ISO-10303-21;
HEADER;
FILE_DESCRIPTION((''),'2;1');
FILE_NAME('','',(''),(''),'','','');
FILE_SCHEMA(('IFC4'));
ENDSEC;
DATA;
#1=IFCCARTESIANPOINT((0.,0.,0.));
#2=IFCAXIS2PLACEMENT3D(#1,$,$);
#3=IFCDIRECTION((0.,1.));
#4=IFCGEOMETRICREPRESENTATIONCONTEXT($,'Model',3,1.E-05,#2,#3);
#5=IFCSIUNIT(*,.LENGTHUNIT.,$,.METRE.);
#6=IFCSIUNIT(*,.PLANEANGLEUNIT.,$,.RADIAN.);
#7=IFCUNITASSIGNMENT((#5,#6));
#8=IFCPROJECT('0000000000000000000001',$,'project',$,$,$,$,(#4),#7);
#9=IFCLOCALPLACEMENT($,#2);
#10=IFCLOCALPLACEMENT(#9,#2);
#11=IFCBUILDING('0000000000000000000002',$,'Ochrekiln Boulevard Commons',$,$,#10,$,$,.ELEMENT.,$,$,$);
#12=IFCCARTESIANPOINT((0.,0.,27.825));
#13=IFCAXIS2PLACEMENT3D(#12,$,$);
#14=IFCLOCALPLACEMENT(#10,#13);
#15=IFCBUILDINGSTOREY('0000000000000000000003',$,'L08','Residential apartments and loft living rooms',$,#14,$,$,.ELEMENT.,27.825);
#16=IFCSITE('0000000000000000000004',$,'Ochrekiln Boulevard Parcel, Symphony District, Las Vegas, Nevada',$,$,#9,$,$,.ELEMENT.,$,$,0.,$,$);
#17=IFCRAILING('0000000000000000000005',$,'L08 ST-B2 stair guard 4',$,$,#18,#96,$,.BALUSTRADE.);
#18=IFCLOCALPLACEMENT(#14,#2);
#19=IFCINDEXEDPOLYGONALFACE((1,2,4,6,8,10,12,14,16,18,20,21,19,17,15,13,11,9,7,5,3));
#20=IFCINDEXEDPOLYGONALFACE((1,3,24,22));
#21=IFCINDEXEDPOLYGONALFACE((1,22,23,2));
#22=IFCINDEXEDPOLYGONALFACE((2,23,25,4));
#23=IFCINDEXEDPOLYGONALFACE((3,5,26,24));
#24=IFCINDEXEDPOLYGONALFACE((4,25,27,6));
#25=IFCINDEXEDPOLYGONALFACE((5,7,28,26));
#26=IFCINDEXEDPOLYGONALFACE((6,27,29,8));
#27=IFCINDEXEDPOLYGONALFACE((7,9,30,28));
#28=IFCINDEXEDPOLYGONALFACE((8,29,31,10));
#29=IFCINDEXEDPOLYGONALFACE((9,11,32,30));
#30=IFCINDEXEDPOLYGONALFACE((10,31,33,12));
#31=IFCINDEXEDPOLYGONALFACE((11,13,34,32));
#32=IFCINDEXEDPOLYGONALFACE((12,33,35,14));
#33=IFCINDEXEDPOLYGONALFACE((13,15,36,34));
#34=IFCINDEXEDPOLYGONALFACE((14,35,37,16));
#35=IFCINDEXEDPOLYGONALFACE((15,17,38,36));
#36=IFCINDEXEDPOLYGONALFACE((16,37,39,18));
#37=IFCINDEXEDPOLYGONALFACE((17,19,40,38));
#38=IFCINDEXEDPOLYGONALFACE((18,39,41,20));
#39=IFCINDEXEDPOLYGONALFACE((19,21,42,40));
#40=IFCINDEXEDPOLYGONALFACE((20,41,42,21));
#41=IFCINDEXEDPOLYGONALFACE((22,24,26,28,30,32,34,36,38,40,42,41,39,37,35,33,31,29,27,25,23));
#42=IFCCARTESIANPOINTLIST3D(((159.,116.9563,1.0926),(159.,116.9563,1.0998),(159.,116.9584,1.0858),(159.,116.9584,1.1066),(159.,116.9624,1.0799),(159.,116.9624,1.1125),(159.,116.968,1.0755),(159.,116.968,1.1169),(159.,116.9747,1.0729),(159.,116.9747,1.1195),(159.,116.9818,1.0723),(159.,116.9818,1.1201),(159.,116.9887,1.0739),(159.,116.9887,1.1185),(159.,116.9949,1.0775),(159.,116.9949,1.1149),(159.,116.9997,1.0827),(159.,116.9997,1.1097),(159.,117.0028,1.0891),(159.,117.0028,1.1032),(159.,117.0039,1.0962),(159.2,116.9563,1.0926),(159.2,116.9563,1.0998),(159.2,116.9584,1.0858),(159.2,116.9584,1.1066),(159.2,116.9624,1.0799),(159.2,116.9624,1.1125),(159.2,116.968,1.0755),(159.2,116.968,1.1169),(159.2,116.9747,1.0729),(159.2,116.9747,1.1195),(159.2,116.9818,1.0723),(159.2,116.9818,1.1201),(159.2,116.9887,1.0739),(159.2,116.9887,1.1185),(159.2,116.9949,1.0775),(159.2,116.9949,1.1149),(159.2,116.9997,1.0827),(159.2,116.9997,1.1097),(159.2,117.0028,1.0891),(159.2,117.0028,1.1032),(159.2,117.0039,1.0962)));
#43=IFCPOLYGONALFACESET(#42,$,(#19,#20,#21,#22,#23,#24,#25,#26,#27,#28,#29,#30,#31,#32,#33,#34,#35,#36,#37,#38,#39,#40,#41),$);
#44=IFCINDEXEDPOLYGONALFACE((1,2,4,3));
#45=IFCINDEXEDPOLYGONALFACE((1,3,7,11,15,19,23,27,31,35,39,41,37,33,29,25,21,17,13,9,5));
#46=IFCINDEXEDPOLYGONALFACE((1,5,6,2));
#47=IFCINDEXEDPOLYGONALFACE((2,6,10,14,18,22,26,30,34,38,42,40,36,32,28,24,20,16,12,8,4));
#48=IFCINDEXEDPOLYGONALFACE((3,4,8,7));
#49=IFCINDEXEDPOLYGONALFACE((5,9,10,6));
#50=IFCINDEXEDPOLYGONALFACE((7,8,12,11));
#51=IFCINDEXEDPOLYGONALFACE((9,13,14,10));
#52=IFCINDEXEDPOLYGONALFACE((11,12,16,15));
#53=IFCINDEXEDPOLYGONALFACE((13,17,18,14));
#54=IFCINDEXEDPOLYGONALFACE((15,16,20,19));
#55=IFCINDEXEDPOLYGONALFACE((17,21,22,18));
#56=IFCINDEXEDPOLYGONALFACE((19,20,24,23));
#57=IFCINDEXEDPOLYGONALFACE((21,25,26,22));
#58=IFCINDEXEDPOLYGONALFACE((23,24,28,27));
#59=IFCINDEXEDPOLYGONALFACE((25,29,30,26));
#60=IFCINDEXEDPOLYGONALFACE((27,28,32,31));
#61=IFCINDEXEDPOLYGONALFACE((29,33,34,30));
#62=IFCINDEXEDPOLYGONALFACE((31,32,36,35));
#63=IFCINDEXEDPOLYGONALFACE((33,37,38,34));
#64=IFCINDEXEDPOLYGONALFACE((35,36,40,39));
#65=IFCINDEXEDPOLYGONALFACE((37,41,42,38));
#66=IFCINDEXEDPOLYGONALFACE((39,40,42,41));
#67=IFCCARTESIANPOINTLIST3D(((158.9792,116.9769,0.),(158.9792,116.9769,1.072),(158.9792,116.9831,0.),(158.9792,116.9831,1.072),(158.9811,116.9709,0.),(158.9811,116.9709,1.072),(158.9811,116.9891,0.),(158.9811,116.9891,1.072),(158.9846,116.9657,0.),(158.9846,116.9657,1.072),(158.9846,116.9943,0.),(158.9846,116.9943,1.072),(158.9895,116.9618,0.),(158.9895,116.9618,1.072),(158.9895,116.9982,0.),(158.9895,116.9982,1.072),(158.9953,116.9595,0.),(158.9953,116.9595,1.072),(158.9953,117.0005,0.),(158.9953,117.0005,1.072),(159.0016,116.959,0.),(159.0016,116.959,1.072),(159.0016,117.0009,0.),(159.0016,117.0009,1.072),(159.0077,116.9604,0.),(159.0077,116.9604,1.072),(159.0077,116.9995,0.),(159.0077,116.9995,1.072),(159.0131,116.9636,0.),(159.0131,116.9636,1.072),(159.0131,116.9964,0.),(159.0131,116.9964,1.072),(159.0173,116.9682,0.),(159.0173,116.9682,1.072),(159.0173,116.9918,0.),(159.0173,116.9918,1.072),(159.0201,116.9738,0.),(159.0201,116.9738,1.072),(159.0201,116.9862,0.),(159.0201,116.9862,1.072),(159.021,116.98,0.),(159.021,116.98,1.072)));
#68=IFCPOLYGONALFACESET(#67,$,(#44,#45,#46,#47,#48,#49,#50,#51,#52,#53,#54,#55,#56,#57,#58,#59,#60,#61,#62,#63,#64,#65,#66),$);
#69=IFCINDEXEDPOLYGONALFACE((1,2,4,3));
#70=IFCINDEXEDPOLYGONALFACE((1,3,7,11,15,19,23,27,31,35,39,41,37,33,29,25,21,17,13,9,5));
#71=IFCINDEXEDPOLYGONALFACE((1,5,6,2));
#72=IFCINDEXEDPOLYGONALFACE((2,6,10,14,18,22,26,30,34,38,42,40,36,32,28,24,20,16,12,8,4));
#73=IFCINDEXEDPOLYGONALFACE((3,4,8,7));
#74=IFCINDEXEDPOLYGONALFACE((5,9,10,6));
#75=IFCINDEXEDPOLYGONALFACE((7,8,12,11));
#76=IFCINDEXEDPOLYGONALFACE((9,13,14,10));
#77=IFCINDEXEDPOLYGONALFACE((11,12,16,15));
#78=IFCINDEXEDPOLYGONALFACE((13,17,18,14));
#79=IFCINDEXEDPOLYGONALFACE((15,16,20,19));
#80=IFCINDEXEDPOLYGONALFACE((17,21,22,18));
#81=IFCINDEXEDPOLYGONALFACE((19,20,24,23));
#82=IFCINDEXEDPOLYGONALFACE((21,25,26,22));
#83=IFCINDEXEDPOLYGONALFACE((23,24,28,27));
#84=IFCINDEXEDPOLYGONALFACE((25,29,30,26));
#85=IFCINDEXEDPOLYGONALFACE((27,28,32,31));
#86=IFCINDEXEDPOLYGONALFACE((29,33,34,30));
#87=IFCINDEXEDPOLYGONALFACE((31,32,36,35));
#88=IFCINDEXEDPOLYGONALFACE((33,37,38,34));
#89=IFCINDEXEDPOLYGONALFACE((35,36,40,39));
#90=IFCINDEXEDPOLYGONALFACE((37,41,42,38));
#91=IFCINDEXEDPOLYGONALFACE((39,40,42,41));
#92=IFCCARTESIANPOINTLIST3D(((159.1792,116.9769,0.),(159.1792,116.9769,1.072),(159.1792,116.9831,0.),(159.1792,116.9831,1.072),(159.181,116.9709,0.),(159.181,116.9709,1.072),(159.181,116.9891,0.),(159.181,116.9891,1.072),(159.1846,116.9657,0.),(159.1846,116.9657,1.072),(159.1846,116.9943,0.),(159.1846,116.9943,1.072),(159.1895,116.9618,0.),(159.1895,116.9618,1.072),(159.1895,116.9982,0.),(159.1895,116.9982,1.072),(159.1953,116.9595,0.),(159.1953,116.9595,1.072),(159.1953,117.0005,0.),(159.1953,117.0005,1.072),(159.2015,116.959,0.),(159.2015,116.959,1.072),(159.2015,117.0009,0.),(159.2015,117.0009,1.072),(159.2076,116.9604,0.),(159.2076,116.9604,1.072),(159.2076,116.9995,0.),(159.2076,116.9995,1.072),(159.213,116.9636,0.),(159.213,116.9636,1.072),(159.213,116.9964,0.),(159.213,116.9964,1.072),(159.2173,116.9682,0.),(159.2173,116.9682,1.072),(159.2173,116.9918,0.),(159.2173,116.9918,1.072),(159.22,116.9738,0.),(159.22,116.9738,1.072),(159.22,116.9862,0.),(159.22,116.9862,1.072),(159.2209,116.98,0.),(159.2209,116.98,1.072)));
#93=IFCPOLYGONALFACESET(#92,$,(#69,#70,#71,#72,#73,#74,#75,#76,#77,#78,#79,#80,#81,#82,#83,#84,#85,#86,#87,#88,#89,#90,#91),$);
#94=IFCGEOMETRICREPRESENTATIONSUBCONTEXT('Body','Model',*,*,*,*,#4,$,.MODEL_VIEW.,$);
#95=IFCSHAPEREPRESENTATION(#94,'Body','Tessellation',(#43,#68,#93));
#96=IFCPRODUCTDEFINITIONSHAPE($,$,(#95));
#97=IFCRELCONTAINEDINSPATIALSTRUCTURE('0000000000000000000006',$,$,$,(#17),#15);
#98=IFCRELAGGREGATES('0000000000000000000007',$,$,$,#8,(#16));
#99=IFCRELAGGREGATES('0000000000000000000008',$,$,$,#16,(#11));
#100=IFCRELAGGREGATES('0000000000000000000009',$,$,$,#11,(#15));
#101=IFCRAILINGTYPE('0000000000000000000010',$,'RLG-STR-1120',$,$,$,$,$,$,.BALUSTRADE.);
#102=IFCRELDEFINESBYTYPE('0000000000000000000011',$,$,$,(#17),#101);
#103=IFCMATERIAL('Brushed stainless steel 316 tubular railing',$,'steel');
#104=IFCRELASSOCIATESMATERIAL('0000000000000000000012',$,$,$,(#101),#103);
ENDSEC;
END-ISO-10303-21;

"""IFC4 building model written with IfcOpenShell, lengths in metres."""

from ifc_helpers import new_model, si_unit, direction, frame, origin, origin_2d, place, context, subcontext, project, spatial, circle, extrude, material, type_object, element, save


model = new_model("IFC4")

# Units and contexts
model_context = context("Model", 3, precision=1e-05, world=origin(), true_north=direction((0.0, 1.0)))
body_context = subcontext(model_context, "Body", "Model", "MODEL_VIEW")
ifc_project = project(units=[si_unit("LENGTHUNIT", "METRE"), si_unit("PLANEANGLEUNIT", "RADIAN")], contexts=[model_context])

# Site, building, storey
site_placement = place(None, origin())
site = spatial("IfcSite", under=ifc_project, at=site_placement, Name="Ochrekiln Boulevard Parcel, Symphony District, Las Vegas, Nevada", CompositionType="ELEMENT", RefElevation=0.0)
building_placement = place(site_placement, origin())
building = spatial("IfcBuilding", under=site, at=building_placement, Name="Ochrekiln Boulevard Commons", CompositionType="ELEMENT")
storey_placement = place(building_placement, frame((0.0, 0.0, 27.825)))
storey = spatial("IfcBuildingStorey", under=building, at=storey_placement, Name="L08", Description="Residential apartments and loft living rooms", CompositionType="ELEMENT", Elevation=27.825)

# Railing
ifc_material_1 = material(Name="Brushed stainless steel 316 tubular railing", Category="steel")
railing_type_1 = type_object("IfcRailingType", Name="RLG-STR-1120", PredefinedType="BALUSTRADE", material=ifc_material_1)
railing_1_placement = place(storey_placement, frame((159.0, 116.98, 0.0)))
element("IfcRailing", 1, at=railing_1_placement, inside=storey, type_object=railing_type_1, Name="L08 ST-B2 stair guard 4", PredefinedType="BALUSTRADE", context=body_context, shape_type="SweptSolid", body=[
    extrude(circle(Radius=0.0239, at=origin_2d()), frame((0.0, 0.0, 1.0962), z_axis=(1.0, 0.0, 0.0), x_axis=(0.0, 1.0, 0.0)), (0.0, 0.0, 1.0), 0.2),
    extrude(circle(Radius=0.021, at=origin_2d()), origin(), (0.0, 0.0, 1.0), 1.072),
    extrude(circle(Radius=0.021, at=origin_2d()), frame((0.2, 0.0, 0.0)), (0.0, 0.0, 1.0), 1.072),
])

save(model, "model.ifc")
